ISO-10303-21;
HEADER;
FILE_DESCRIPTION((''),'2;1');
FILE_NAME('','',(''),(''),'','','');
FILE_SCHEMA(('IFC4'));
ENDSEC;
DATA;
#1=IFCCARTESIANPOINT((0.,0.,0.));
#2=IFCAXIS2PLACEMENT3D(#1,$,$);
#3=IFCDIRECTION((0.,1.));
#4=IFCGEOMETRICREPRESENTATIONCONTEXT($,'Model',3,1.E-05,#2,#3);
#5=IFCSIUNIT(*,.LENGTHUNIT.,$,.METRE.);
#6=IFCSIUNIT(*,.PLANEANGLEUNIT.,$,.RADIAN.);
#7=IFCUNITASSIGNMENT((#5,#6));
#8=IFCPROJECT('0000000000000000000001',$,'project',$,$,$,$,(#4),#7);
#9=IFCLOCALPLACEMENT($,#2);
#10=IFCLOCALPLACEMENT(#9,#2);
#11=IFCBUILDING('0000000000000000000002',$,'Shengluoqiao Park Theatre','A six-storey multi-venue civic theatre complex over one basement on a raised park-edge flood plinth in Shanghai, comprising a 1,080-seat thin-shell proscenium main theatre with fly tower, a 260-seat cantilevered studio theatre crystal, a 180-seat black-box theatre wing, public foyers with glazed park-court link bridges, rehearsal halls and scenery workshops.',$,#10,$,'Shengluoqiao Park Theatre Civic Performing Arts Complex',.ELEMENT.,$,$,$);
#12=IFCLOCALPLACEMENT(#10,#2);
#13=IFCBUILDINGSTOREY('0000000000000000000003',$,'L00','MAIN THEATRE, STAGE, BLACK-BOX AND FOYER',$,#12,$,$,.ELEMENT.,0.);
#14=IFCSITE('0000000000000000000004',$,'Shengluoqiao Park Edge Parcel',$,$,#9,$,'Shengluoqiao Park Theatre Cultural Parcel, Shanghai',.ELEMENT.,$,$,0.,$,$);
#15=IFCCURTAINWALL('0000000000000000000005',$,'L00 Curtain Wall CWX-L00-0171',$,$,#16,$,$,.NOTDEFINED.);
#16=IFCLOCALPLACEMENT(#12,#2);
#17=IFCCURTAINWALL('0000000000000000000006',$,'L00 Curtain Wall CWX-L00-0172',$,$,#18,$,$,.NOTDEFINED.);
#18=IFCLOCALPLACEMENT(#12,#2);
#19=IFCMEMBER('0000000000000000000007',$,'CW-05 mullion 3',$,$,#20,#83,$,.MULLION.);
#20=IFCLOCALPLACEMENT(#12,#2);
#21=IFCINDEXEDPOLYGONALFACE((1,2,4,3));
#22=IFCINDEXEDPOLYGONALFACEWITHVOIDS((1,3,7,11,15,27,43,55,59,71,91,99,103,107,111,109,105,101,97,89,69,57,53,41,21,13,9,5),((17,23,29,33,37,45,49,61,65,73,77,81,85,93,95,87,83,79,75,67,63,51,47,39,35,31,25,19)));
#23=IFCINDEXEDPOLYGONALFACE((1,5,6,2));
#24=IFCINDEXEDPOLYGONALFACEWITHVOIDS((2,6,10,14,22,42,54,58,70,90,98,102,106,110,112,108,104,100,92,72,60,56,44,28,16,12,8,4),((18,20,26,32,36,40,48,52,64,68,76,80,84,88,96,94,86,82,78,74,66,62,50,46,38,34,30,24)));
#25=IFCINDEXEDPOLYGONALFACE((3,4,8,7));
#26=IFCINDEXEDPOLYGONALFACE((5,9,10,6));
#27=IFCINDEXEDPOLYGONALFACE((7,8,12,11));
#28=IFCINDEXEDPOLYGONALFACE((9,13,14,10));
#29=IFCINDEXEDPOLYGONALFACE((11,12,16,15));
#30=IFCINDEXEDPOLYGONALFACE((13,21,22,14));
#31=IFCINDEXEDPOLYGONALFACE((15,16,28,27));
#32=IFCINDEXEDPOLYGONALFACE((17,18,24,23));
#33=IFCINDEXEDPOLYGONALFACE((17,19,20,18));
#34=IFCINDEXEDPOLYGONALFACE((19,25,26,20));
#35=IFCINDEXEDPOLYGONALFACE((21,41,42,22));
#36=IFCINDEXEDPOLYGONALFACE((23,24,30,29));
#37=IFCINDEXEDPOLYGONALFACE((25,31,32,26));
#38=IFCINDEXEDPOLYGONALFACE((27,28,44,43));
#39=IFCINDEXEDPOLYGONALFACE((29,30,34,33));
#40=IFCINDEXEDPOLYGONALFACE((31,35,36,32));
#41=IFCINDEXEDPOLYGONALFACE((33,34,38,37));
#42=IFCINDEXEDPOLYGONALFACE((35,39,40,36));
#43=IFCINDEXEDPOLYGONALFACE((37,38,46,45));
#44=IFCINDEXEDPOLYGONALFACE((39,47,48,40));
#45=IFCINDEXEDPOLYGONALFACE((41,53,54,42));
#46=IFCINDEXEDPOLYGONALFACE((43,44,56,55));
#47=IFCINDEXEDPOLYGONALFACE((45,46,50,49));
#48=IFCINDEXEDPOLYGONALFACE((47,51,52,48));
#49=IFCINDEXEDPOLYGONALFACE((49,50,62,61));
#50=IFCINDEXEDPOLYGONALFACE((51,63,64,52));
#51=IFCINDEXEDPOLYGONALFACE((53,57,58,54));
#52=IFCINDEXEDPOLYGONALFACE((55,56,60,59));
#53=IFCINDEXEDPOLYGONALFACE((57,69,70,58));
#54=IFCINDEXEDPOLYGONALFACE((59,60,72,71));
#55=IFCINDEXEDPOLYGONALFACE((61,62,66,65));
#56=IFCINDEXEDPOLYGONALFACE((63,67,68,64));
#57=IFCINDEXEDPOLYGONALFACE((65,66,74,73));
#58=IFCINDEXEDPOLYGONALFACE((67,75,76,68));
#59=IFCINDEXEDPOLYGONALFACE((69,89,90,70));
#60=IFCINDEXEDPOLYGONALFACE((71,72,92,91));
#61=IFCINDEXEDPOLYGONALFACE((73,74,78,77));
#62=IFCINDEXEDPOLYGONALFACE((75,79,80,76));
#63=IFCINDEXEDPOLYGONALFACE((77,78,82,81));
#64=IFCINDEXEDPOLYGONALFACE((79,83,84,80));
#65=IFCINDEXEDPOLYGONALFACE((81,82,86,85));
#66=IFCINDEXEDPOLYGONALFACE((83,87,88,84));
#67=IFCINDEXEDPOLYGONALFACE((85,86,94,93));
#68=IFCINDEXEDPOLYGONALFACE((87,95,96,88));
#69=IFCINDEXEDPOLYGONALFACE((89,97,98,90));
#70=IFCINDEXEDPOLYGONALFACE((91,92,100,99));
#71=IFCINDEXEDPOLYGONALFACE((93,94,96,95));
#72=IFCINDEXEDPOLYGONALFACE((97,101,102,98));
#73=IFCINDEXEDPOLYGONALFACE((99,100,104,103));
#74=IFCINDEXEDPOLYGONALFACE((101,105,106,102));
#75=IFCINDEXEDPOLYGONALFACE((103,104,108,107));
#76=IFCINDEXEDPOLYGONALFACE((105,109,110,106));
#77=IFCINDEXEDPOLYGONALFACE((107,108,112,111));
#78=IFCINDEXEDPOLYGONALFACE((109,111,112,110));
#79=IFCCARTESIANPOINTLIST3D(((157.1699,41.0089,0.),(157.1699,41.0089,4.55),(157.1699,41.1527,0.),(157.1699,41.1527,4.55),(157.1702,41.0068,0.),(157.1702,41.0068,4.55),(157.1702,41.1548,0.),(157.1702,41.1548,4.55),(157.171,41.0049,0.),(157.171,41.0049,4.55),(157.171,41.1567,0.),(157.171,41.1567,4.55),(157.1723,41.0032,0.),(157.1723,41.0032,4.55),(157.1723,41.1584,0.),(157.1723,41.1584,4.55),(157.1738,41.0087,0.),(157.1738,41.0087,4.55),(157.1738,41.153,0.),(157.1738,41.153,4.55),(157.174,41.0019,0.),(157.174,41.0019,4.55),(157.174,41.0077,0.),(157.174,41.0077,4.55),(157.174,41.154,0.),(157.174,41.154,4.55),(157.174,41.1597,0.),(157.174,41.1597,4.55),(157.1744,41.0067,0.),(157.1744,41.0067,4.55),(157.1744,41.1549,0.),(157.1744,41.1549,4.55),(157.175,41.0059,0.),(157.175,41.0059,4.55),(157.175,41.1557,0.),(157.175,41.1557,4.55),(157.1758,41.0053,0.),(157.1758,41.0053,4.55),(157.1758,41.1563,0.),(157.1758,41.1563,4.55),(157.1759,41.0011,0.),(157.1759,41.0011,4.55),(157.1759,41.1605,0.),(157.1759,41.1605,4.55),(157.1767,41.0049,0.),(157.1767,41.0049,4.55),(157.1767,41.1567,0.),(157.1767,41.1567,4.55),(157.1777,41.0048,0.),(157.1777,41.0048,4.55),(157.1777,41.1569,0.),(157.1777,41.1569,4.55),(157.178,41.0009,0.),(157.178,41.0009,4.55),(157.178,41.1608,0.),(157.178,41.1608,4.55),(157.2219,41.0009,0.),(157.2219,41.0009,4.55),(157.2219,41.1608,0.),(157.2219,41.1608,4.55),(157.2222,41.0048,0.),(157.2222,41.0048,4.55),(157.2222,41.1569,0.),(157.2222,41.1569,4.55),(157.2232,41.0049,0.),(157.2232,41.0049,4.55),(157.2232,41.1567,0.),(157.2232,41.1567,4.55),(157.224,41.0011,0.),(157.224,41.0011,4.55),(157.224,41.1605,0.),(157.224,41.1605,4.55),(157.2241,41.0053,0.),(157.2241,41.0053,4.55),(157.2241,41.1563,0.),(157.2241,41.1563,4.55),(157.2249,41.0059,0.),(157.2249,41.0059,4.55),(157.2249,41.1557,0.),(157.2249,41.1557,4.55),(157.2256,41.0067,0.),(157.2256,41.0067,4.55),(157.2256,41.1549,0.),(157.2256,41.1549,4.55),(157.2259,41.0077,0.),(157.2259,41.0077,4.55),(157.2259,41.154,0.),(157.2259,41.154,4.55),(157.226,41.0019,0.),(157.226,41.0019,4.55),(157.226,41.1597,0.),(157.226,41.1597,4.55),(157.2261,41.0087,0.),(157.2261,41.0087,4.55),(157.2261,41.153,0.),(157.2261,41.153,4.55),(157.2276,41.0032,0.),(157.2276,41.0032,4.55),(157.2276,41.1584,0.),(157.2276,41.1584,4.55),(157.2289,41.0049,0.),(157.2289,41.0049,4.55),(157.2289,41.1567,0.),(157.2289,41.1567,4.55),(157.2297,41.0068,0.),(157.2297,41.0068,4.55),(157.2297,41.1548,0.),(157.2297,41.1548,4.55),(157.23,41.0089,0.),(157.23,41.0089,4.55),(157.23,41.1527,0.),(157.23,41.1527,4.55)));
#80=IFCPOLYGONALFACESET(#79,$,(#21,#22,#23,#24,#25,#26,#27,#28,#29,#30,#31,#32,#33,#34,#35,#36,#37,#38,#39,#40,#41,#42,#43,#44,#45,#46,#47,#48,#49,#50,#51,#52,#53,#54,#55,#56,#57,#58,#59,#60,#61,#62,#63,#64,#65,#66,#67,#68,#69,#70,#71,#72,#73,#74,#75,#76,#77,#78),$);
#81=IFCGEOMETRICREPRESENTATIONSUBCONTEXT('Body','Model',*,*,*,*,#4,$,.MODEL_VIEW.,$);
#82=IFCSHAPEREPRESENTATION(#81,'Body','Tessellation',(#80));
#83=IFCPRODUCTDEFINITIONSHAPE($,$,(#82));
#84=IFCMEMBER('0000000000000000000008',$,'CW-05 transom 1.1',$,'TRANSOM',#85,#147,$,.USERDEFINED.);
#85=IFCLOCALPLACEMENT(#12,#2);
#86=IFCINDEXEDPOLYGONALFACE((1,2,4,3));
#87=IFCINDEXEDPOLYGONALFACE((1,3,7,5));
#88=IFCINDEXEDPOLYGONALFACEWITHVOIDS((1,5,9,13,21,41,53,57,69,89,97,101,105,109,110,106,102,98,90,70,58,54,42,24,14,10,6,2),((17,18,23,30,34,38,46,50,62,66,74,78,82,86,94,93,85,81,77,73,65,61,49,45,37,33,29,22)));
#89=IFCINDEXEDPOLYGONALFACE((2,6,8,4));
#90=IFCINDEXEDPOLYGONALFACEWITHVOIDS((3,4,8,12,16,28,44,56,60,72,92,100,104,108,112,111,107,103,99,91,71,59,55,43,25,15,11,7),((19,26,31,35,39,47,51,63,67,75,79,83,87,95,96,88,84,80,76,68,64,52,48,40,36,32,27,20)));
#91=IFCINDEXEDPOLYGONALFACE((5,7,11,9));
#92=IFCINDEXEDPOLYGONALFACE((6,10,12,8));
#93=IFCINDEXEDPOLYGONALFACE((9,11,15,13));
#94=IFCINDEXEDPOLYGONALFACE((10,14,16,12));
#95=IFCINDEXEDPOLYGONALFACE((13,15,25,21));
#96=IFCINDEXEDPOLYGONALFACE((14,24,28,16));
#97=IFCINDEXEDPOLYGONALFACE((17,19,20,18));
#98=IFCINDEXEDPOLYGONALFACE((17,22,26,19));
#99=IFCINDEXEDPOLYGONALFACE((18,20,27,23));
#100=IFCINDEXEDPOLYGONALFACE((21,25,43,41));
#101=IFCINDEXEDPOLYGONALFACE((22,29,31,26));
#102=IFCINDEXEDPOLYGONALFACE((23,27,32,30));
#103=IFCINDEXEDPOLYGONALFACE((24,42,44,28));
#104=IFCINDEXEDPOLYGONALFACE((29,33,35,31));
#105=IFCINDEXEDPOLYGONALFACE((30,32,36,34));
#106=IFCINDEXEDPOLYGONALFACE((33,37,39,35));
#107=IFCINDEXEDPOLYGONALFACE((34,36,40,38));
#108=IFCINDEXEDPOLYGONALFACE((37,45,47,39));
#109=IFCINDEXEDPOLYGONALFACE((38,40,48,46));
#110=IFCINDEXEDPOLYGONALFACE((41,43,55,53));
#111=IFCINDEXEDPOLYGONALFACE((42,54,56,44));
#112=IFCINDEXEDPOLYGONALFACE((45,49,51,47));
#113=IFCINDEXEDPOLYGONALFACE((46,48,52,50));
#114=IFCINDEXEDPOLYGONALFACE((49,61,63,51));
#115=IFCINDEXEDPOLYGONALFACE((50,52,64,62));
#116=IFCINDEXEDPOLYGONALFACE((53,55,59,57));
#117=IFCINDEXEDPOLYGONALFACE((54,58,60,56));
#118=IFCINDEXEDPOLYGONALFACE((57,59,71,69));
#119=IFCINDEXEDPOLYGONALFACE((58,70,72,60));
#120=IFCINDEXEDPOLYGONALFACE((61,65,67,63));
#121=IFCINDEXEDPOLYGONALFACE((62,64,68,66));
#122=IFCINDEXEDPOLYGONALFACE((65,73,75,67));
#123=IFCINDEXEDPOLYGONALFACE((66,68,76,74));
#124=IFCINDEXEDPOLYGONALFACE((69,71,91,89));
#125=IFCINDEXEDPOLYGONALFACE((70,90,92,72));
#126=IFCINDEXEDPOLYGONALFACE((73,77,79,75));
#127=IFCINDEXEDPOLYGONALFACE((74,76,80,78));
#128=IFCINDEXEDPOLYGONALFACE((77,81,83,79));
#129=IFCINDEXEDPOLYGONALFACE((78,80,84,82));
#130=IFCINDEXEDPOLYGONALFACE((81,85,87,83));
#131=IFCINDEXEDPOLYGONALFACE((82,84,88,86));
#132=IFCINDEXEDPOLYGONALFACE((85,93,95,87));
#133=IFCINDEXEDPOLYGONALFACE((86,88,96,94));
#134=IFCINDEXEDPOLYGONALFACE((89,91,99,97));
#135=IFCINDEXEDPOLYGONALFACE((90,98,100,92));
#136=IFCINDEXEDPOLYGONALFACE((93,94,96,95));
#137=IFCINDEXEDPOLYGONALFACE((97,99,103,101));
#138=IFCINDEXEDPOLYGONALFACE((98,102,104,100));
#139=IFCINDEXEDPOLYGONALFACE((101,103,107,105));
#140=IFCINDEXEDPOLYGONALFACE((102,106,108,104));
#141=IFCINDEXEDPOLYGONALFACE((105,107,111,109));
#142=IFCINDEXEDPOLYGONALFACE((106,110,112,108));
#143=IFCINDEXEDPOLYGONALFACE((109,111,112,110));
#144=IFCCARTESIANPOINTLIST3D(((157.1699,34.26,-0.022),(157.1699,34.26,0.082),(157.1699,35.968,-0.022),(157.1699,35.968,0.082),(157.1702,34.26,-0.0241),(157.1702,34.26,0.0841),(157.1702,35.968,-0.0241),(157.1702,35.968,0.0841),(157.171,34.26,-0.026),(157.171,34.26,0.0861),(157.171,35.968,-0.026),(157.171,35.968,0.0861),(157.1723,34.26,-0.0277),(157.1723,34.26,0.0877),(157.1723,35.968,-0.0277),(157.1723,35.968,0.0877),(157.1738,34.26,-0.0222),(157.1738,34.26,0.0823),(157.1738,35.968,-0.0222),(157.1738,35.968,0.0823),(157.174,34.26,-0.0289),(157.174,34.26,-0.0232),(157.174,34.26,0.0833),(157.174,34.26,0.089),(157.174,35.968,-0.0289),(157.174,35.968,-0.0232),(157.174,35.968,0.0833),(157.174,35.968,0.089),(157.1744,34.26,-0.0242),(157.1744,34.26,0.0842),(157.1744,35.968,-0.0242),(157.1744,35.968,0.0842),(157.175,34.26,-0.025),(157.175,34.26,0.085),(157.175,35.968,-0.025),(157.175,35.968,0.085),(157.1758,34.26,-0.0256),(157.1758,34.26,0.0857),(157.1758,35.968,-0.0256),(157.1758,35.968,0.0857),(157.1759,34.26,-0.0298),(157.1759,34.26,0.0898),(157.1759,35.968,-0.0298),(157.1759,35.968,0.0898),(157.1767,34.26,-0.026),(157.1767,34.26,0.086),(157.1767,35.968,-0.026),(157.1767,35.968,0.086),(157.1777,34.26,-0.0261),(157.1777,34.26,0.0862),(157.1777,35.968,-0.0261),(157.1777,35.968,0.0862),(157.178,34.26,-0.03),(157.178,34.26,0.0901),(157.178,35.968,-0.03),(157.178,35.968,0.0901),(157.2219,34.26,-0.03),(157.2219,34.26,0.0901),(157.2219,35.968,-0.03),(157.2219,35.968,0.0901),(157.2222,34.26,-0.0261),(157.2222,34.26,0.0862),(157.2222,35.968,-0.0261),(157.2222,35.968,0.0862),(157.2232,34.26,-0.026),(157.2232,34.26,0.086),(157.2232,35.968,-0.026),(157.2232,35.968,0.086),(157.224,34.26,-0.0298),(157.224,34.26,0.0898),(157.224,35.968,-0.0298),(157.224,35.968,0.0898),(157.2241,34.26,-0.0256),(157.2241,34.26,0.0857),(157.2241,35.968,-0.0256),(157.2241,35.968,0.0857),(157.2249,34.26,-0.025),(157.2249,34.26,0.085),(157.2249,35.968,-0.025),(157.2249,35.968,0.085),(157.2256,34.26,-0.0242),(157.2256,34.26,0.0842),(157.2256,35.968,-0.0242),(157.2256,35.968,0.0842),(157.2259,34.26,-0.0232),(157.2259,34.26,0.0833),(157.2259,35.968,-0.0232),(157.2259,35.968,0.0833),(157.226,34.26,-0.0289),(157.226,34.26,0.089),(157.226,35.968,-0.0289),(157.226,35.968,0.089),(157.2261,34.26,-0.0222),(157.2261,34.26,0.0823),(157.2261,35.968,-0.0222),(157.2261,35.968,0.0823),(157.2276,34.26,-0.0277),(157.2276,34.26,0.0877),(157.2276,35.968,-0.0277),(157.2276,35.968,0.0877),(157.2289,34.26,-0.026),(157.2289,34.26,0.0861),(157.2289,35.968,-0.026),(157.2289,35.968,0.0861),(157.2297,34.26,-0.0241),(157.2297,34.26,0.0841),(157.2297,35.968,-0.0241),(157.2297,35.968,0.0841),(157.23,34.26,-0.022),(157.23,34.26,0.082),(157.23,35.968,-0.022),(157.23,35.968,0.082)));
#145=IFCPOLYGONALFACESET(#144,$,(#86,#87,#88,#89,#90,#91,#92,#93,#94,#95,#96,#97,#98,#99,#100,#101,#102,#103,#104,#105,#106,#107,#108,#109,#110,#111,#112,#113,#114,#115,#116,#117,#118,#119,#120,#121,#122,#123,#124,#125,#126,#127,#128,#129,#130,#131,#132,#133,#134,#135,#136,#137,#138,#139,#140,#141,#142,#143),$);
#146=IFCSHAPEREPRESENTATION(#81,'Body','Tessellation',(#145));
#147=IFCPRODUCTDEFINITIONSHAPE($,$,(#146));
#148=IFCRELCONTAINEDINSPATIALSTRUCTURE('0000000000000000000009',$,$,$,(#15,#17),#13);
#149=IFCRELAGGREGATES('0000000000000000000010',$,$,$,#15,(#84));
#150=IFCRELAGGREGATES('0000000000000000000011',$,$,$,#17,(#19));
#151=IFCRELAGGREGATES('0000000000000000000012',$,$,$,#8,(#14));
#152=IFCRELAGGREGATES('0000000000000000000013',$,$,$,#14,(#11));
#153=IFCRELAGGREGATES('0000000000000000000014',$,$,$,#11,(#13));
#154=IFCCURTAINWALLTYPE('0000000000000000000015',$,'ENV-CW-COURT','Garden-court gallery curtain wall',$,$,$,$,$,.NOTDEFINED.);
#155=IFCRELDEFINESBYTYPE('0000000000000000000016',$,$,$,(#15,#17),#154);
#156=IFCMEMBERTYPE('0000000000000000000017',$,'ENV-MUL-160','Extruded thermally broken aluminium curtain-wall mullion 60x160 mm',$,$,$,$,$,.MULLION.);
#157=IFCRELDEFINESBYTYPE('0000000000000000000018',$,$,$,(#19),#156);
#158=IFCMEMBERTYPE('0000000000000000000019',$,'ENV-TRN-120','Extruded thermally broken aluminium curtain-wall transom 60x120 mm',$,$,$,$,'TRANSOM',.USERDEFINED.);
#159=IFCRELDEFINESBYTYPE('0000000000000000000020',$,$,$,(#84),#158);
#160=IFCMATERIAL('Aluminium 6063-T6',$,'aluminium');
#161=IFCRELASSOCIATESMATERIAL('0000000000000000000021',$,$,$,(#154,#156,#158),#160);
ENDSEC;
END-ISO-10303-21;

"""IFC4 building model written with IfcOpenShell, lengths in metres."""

from ifc_helpers import new_model, si_unit, direction, frame, origin, origin_2d, place, context, subcontext, project, spatial, hollow_rectangle, extrude, material, material_profile, profile_set, type_object, element, aggregate, save


model = new_model("IFC4")

# Units and contexts
model_context = context("Model", 3, precision=1e-05, world=origin(), true_north=direction((0.0, 1.0)))
body_context = subcontext(model_context, "Body", "Model", "MODEL_VIEW")
ifc_project = project(units=[si_unit("LENGTHUNIT", "METRE"), si_unit("PLANEANGLEUNIT", "RADIAN")], contexts=[model_context])

# Site, building, storey
site_placement = place(None, origin())
site = spatial("IfcSite", under=ifc_project, at=site_placement, Name="Shengluoqiao Park Edge Parcel", LongName="Shengluoqiao Park Theatre Cultural Parcel, Shanghai", CompositionType="ELEMENT", RefElevation=0.0)
building_placement = place(site_placement, origin())
building = spatial("IfcBuilding", under=site, at=building_placement, Name="Shengluoqiao Park Theatre", Description="A six-storey multi-venue civic theatre complex over one basement on a raised park-edge flood plinth in Shanghai, comprising a 1,080-seat thin-shell proscenium main theatre with fly tower, a 260-seat cantilevered studio theatre crystal, a 180-seat black-box theatre wing, public foyers with glazed park-court link bridges, rehearsal halls and scenery workshops.", LongName="Shengluoqiao Park Theatre Civic Performing Arts Complex", CompositionType="ELEMENT")
storey_placement = place(building_placement, origin())
storey = spatial("IfcBuildingStorey", under=building, at=storey_placement, Name="L00", Description="MAIN THEATRE, STAGE, BLACK-BOX AND FOYER", CompositionType="ELEMENT", Elevation=0.0)

# Shared definitions
ifc_material_1 = material(Name="Aluminium 6063-T6", Category="aluminium")
curtain_wall_type = type_object("IfcCurtainWallType", Name="ENV-CW-COURT", Description="Garden-court gallery curtain wall", PredefinedType="NOTDEFINED", material=ifc_material_1)
ifc_material_profile_1 = material_profile(ifc_material_1, hollow_rectangle(XDim=0.0601, YDim=0.1599, WallThickness=0.0039, InnerFilletRadius=0.0039, OuterFilletRadius=0.0081, at=origin_2d()), Name="ALU MULLION 160x60x4")
ifc_profile_set_1 = profile_set([ifc_material_profile_1], Name="Aluminium 6063-T6")
member_type_1 = type_object("IfcMemberType", Name="ENV-MUL-160", Description="Extruded thermally broken aluminium curtain-wall mullion 60x160 mm", PredefinedType="MULLION", material=ifc_profile_set_1)

# Curtain walls, member
curtain_wall_1_placement = place(storey_placement, origin())
curtain_wall_1 = element("IfcCurtainWall", 1, at=curtain_wall_1_placement, inside=storey, type_object=curtain_wall_type, Name="L00 Curtain Wall CWX-L00-0171", PredefinedType="NOTDEFINED")
curtain_wall_2_placement = place(storey_placement, origin())
curtain_wall_2 = element("IfcCurtainWall", 2, at=curtain_wall_2_placement, inside=storey, type_object=curtain_wall_type, Name="L00 Curtain Wall CWX-L00-0172", PredefinedType="NOTDEFINED")
member_1_placement = place(storey_placement, frame((157.2, 41.0808, 0.0), z_axis=(0.0, 0.0, 1.0), x_axis=(-1.0, 0.0, 0.0)))
member_1 = element("IfcMember", 3, at=member_1_placement, type_object=member_type_1, Name="CW-05 mullion 3", PredefinedType="MULLION", context=body_context, shape_type="SweptSolid", body=[
    extrude(hollow_rectangle(XDim=0.0601, YDim=0.1599, WallThickness=0.0039, InnerFilletRadius=0.0039, OuterFilletRadius=0.0081, at=origin_2d()), origin(), (0.0, 0.0, 1.0), 4.55),
])

# Member
ifc_material_profile_2 = material_profile(ifc_material_1, hollow_rectangle(XDim=0.0601, YDim=0.1201, WallThickness=0.0039, InnerFilletRadius=0.0039, OuterFilletRadius=0.0081, at=origin_2d()), Name="ALU TRANSOM 120x60x4")
ifc_profile_set_2 = profile_set([ifc_material_profile_2], Name="Aluminium 6063-T6")
member_type_2 = type_object("IfcMemberType", Name="ENV-TRN-120", Description="Extruded thermally broken aluminium curtain-wall transom 60x120 mm", ElementType="TRANSOM", PredefinedType="USERDEFINED", material=ifc_profile_set_2)
member_2_placement = place(storey_placement, frame((157.2, 34.26, 0.03), z_axis=(0.0, 1.0, 0.0), x_axis=(-1.0, 0.0, 0.0)))
member_2 = element("IfcMember", 4, at=member_2_placement, type_object=member_type_2, Name="CW-05 transom 1.1", ObjectType="TRANSOM", PredefinedType="USERDEFINED", context=body_context, shape_type="SweptSolid", body=[
    extrude(hollow_rectangle(XDim=0.0601, YDim=0.1201, WallThickness=0.0039, InnerFilletRadius=0.0039, OuterFilletRadius=0.0081, at=origin_2d()), origin(), (0.0, 0.0, 1.0), 1.708),
])

aggregate(curtain_wall_1, [member_2])
aggregate(curtain_wall_2, [member_1])

save(model, "model.ifc")
